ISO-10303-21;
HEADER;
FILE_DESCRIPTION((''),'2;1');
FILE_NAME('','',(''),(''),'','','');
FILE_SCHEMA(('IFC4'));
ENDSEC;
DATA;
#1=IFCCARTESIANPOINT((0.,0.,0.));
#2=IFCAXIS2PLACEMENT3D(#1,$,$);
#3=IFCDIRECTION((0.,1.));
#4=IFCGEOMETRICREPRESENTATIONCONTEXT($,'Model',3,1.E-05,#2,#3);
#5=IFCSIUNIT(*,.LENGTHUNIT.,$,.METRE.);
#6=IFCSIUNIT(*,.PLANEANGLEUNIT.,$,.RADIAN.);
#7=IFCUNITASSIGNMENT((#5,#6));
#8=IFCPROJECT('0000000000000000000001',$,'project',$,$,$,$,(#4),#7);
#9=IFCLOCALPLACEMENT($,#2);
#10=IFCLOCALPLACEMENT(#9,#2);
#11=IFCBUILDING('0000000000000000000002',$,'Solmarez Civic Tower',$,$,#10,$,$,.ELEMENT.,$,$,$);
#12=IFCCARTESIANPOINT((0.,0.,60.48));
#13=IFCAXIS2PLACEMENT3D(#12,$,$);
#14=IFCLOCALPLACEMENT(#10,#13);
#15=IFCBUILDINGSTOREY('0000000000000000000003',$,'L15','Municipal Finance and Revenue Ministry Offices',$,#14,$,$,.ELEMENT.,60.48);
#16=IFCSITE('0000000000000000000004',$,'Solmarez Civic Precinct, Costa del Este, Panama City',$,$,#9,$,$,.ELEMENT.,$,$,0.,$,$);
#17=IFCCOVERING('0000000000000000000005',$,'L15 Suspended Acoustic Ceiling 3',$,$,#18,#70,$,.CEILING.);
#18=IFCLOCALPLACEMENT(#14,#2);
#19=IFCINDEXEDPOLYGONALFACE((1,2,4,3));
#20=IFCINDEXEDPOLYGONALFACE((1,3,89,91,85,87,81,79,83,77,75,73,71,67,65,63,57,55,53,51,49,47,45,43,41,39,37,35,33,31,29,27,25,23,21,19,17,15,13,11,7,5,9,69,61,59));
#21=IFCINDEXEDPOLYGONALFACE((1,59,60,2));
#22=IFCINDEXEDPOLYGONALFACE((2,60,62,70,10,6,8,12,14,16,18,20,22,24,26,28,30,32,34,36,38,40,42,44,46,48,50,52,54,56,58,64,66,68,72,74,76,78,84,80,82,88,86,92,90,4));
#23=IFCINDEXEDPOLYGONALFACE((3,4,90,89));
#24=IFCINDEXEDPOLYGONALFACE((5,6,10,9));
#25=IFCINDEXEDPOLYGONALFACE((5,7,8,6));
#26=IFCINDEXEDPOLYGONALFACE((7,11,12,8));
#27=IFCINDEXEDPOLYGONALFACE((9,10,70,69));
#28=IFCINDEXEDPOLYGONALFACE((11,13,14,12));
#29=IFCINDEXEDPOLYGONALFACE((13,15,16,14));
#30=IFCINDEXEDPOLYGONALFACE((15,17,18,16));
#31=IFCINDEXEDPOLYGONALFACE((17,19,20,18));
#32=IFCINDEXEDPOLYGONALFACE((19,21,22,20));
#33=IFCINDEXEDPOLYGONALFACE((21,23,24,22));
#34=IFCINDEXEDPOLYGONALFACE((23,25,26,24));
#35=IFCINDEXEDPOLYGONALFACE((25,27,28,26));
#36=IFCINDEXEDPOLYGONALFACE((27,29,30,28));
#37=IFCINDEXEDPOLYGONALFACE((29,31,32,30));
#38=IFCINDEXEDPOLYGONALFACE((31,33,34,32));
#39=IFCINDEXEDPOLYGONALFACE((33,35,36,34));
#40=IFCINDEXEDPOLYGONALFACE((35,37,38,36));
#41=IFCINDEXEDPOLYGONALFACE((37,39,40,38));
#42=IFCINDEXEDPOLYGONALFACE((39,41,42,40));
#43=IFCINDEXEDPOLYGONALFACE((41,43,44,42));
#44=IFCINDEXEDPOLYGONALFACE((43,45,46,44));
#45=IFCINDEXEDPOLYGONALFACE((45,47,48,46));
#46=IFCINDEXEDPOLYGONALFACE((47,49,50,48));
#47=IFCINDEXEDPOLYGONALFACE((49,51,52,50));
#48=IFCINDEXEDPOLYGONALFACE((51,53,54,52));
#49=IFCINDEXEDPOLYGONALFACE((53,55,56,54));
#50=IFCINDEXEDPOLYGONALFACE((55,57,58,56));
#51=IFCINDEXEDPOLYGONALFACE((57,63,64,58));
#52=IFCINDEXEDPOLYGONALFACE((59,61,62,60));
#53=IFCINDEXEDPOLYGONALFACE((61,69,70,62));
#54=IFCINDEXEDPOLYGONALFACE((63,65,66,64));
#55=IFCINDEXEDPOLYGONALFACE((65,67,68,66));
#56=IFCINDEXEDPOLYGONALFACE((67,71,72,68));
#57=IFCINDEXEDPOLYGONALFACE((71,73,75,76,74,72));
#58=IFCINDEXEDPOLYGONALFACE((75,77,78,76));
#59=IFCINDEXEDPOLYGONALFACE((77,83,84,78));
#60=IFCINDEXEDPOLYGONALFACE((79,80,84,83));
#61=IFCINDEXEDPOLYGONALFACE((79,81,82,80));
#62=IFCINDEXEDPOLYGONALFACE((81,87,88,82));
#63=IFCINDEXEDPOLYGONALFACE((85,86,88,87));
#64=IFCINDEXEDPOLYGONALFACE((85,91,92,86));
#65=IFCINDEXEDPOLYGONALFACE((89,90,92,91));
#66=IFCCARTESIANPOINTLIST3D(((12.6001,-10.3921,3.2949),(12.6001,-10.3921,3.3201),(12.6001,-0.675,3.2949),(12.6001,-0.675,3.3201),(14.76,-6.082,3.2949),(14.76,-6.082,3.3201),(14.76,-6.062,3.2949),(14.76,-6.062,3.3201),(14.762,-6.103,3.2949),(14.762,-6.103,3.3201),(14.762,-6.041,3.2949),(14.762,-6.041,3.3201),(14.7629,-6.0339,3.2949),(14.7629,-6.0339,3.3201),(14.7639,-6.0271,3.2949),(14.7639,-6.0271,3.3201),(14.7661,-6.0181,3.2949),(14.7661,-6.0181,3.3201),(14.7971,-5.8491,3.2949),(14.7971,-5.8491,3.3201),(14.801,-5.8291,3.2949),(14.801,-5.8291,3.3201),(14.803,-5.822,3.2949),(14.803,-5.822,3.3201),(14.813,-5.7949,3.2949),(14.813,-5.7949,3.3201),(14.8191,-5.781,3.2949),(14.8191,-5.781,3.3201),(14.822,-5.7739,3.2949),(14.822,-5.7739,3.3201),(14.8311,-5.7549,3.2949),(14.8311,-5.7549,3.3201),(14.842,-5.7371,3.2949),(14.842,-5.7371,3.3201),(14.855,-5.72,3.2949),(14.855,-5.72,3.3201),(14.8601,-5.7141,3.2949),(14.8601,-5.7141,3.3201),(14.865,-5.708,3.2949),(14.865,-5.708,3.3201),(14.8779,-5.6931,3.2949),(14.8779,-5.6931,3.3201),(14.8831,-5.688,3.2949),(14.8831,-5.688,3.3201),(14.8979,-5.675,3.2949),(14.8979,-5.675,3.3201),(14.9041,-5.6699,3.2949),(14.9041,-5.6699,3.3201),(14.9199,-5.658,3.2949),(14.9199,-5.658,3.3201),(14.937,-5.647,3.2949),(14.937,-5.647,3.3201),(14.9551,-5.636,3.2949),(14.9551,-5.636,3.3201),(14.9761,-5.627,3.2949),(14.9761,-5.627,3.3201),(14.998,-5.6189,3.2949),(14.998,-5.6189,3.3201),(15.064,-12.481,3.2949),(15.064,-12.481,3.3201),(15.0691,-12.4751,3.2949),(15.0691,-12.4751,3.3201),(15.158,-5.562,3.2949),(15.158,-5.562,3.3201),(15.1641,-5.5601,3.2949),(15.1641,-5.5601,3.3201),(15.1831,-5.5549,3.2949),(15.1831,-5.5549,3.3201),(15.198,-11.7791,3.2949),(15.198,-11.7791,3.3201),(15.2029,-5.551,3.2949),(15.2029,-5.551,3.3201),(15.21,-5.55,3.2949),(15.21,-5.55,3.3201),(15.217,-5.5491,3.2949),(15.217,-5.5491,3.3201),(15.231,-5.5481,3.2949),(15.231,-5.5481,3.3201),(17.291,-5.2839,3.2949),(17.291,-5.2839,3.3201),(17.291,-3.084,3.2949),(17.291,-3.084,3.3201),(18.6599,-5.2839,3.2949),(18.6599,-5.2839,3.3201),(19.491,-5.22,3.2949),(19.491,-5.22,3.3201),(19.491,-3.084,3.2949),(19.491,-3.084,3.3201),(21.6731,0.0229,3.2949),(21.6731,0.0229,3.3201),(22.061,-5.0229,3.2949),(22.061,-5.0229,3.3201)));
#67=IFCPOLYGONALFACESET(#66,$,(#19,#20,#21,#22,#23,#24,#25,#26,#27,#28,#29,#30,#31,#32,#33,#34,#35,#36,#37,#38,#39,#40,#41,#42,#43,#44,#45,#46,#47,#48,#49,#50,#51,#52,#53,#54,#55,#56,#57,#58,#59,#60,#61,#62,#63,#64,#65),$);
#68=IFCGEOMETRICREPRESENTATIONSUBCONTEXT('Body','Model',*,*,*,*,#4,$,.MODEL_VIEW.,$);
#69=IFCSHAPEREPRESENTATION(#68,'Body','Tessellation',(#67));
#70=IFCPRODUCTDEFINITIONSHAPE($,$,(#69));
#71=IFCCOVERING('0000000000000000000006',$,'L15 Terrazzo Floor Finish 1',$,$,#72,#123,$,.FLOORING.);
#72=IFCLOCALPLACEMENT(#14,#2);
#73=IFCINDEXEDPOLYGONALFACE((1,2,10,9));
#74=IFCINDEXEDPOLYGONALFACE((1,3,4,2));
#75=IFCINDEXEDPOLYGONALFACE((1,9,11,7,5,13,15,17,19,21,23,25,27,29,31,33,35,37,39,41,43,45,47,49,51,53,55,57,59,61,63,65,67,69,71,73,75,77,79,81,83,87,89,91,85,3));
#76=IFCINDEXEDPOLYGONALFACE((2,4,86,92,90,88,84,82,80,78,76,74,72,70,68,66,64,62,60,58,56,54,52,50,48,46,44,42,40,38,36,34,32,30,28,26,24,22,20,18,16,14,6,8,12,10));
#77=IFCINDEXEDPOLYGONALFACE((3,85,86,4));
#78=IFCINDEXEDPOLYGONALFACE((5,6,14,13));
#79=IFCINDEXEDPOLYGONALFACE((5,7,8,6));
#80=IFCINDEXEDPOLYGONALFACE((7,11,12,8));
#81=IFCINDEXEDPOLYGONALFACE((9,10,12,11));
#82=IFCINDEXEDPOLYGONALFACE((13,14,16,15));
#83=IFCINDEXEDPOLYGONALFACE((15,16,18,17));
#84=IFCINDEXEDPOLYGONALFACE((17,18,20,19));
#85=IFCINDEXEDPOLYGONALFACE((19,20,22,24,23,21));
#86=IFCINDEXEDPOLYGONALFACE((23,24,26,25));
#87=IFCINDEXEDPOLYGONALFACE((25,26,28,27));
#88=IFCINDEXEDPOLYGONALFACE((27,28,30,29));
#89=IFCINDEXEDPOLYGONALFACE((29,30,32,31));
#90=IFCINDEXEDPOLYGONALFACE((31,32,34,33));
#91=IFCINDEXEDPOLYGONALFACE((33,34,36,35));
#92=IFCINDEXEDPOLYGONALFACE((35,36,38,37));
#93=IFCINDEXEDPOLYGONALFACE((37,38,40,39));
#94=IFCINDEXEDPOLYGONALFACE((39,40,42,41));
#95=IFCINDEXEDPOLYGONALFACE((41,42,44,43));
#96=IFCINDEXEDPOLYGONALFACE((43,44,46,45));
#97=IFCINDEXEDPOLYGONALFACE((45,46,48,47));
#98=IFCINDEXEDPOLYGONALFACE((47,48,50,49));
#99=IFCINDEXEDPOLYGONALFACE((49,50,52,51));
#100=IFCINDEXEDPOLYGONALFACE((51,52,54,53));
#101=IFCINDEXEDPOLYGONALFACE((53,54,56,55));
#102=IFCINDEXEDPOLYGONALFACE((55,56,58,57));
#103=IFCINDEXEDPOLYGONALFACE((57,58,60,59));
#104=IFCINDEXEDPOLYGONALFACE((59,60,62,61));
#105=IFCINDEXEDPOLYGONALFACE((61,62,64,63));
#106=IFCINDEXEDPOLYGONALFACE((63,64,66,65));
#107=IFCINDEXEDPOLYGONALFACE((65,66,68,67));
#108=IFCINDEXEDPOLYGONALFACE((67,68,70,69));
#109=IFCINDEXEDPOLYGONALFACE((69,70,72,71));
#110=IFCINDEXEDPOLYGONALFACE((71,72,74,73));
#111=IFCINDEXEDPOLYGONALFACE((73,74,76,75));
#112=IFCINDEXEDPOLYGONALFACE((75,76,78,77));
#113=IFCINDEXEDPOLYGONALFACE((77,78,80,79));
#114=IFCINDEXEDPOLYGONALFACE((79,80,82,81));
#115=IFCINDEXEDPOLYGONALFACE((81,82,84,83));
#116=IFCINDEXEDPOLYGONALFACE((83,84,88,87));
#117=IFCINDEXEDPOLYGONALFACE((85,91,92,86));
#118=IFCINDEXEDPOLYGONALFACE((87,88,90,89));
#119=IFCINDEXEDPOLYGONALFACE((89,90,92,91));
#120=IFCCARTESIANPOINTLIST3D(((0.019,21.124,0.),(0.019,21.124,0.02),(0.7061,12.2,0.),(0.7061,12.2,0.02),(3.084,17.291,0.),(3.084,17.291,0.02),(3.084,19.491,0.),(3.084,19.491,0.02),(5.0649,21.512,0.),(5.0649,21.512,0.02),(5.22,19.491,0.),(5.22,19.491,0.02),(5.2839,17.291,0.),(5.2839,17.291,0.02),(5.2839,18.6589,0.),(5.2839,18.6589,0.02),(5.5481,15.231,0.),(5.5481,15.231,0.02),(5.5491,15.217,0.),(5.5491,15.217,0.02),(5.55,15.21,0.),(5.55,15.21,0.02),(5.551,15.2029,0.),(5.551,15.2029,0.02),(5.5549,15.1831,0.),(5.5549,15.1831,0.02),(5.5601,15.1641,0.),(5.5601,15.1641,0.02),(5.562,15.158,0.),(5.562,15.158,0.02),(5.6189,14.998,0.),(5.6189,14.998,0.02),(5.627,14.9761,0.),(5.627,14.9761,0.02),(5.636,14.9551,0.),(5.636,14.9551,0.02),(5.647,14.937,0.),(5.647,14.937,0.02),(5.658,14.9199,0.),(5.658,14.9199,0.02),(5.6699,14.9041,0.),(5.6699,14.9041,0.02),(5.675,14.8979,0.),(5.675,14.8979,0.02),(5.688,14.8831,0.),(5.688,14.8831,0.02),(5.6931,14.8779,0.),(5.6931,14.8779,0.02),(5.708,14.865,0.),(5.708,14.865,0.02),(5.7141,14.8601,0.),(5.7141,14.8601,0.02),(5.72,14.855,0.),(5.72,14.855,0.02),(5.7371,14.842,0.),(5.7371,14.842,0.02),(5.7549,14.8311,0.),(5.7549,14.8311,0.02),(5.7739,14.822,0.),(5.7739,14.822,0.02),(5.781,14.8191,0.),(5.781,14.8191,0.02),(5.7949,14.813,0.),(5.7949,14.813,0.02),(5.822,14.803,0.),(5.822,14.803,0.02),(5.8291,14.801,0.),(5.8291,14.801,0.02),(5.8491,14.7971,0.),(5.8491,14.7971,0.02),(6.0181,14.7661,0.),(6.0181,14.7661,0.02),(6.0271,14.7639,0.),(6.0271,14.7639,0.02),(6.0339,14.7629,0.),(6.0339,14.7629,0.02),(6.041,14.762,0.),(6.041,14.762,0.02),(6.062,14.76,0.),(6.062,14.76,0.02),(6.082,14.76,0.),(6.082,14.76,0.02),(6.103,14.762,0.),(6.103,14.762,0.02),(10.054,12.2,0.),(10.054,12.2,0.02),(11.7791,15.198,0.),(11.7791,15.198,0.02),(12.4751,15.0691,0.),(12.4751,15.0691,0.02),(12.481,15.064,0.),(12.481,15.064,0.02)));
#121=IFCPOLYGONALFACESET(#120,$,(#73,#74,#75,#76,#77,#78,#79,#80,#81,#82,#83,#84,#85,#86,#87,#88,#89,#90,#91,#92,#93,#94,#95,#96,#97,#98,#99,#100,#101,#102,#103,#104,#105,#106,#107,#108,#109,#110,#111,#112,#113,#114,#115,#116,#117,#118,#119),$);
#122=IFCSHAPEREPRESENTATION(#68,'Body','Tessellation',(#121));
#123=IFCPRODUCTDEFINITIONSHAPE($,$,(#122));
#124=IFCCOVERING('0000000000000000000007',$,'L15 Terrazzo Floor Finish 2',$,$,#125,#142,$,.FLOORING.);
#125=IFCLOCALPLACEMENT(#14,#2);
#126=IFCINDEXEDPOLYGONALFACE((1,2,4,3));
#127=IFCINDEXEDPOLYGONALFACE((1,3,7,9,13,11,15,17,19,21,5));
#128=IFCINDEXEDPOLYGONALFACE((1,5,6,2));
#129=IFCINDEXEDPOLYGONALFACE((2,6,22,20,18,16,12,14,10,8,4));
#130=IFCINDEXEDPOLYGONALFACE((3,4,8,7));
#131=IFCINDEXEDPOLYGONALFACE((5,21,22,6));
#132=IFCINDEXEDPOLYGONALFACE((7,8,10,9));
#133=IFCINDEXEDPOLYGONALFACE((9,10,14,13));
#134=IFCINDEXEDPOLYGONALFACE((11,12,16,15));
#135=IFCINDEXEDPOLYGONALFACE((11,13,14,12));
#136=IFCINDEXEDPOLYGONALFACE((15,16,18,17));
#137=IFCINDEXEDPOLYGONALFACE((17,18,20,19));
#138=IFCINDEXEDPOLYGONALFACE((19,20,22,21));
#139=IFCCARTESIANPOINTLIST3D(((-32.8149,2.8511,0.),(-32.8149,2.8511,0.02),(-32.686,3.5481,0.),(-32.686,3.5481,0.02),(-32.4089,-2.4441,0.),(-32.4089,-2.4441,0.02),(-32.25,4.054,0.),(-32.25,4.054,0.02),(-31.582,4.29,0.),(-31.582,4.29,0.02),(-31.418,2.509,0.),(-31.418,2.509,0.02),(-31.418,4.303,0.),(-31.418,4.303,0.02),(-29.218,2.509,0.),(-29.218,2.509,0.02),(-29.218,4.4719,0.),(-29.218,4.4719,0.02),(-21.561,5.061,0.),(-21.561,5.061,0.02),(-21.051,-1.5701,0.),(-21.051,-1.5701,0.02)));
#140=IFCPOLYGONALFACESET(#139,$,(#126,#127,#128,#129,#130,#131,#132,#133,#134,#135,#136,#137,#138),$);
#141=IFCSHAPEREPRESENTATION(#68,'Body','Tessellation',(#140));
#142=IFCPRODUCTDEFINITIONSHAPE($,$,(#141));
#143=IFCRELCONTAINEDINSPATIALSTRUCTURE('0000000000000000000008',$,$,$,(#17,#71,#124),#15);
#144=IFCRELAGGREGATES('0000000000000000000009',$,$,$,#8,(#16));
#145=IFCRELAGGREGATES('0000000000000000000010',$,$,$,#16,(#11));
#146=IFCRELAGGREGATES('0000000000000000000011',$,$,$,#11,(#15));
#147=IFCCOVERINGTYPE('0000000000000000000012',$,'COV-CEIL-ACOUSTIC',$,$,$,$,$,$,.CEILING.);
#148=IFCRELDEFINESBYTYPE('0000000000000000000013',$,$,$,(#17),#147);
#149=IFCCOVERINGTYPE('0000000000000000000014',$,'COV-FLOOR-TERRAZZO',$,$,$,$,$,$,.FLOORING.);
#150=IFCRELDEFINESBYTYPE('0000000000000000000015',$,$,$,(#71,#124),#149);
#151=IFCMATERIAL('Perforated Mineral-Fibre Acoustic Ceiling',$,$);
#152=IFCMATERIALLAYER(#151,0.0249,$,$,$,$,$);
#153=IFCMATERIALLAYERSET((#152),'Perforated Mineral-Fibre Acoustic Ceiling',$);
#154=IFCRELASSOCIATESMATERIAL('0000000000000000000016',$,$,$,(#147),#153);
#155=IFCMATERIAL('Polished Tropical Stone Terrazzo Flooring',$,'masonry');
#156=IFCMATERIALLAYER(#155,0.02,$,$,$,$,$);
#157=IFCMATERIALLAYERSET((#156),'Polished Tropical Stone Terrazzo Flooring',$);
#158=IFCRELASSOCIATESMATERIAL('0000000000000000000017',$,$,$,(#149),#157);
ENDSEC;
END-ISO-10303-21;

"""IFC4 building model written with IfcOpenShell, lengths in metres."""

from ifc_helpers import new_model, si_unit, direction, frame, origin, place, context, subcontext, project, spatial, polyline, outline, extrude, material, layer, layer_set, type_object, element, save


model = new_model("IFC4")

# Units and contexts
model_context = context("Model", 3, precision=1e-05, world=origin(), true_north=direction((0.0, 1.0)))
body_context = subcontext(model_context, "Body", "Model", "MODEL_VIEW")
ifc_project = project(units=[si_unit("LENGTHUNIT", "METRE"), si_unit("PLANEANGLEUNIT", "RADIAN")], contexts=[model_context])

# Site, building, storey
site_placement = place(None, origin())
site = spatial("IfcSite", under=ifc_project, at=site_placement, Name="Solmarez Civic Precinct, Costa del Este, Panama City", CompositionType="ELEMENT", RefElevation=0.0)
building_placement = place(site_placement, origin())
building = spatial("IfcBuilding", under=site, at=building_placement, Name="Solmarez Civic Tower", CompositionType="ELEMENT")
storey_placement = place(building_placement, frame((0.0, 0.0, 60.48)))
storey = spatial("IfcBuildingStorey", under=building, at=storey_placement, Name="L15", Description="Municipal Finance and Revenue Ministry Offices", CompositionType="ELEMENT", Elevation=60.48)

# Coverings
ifc_material_1 = material(Name="Perforated Mineral-Fibre Acoustic Ceiling")
ifc_layer_1 = layer(ifc_material_1, 0.0249)
ifc_layer_set_1 = layer_set([ifc_layer_1], Name="Perforated Mineral-Fibre Acoustic Ceiling")
covering_type_1 = type_object("IfcCoveringType", Name="COV-CEIL-ACOUSTIC", PredefinedType="CEILING", material=ifc_layer_set_1)
covering_1_placement = place(storey_placement, frame((0.0, 0.0, 3.2949)))
element("IfcCovering", 1, at=covering_1_placement, inside=storey, type_object=covering_type_1, Name="L15 Suspended Acoustic Ceiling 3", PredefinedType="CEILING", context=body_context, shape_type="SweptSolid", body=[
    extrude(outline(polyline([(12.6001, -0.675), (12.6001, -10.3921), (15.064, -12.481), (15.0691, -12.4751), (15.198, -11.7791), (14.762, -6.103), (14.76, -6.082), (14.76, -6.062), (14.762, -6.041), (14.7629, -6.0339), (14.7639, -6.0271), (14.7661, -6.0181), (14.7971, -5.8491), (14.801, -5.8291), (14.803, -5.822), (14.813, -5.7949), (14.8191, -5.781), (14.822, -5.7739), (14.8311, -5.7549), (14.842, -5.7371), (14.855, -5.72), (14.8601, -5.7141), (14.865, -5.708), (14.8779, -5.6931), (14.8831, -5.688), (14.8979, -5.675), (14.9041, -5.6699), (14.9199, -5.658), (14.937, -5.647), (14.9551, -5.636), (14.9761, -5.627), (14.998, -5.6189), (15.158, -5.562), (15.1641, -5.5601), (15.1831, -5.5549), (15.2029, -5.551), (15.21, -5.55), (15.217, -5.5491), (15.231, -5.5481), (18.6599, -5.2839), (17.291, -5.2839), (17.291, -3.084), (19.491, -3.084), (19.491, -5.22), (22.061, -5.0229), (21.6731, 0.0229), (12.6001, -0.675)])), origin(), (0.0, 0.0, 1.0), 0.0251),
])
ifc_material_2 = material(Name="Polished Tropical Stone Terrazzo Flooring", Category="masonry")
ifc_layer_2 = layer(ifc_material_2, 0.02)
ifc_layer_set_2 = layer_set([ifc_layer_2], Name="Polished Tropical Stone Terrazzo Flooring")
covering_type_2 = type_object("IfcCoveringType", Name="COV-FLOOR-TERRAZZO", PredefinedType="FLOORING", material=ifc_layer_set_2)
covering_2_placement = place(storey_placement, origin())
element("IfcCovering", 2, at=covering_2_placement, inside=storey, type_object=covering_type_2, Name="L15 Terrazzo Floor Finish 1", PredefinedType="FLOORING", context=body_context, shape_type="SweptSolid", body=[
    extrude(outline(polyline([(0.7061, 12.2), (10.054, 12.2), (12.481, 15.064), (12.4751, 15.0691), (11.7791, 15.198), (6.103, 14.762), (6.082, 14.76), (6.062, 14.76), (6.041, 14.762), (6.0339, 14.7629), (6.0271, 14.7639), (6.0181, 14.7661), (5.8491, 14.7971), (5.8291, 14.801), (5.822, 14.803), (5.7949, 14.813), (5.781, 14.8191), (5.7739, 14.822), (5.7549, 14.8311), (5.7371, 14.842), (5.72, 14.855), (5.7141, 14.8601), (5.708, 14.865), (5.6931, 14.8779), (5.688, 14.8831), (5.675, 14.8979), (5.6699, 14.9041), (5.658, 14.9199), (5.647, 14.937), (5.636, 14.9551), (5.627, 14.9761), (5.6189, 14.998), (5.562, 15.158), (5.5601, 15.1641), (5.5549, 15.1831), (5.551, 15.2029), (5.55, 15.21), (5.5491, 15.217), (5.5481, 15.231), (5.2839, 18.6589), (5.2839, 17.291), (3.084, 17.291), (3.084, 19.491), (5.22, 19.491), (5.0649, 21.512), (0.019, 21.124), (0.7061, 12.2)])), origin(), (0.0, 0.0, 1.0), 0.02),
])
covering_3_placement = place(storey_placement, origin())
element("IfcCovering", 3, at=covering_3_placement, inside=storey, type_object=covering_type_2, Name="L15 Terrazzo Floor Finish 2", PredefinedType="FLOORING", context=body_context, shape_type="SweptSolid", body=[
    extrude(outline(polyline([(-21.561, 5.061), (-29.218, 4.4719), (-29.218, 2.509), (-31.418, 2.509), (-31.418, 4.303), (-31.582, 4.29), (-32.25, 4.054), (-32.686, 3.5481), (-32.8149, 2.8511), (-32.4089, -2.4441), (-21.051, -1.5701), (-21.561, 5.061)])), origin(), (0.0, 0.0, 1.0), 0.02),
])

save(model, "model.ifc")
